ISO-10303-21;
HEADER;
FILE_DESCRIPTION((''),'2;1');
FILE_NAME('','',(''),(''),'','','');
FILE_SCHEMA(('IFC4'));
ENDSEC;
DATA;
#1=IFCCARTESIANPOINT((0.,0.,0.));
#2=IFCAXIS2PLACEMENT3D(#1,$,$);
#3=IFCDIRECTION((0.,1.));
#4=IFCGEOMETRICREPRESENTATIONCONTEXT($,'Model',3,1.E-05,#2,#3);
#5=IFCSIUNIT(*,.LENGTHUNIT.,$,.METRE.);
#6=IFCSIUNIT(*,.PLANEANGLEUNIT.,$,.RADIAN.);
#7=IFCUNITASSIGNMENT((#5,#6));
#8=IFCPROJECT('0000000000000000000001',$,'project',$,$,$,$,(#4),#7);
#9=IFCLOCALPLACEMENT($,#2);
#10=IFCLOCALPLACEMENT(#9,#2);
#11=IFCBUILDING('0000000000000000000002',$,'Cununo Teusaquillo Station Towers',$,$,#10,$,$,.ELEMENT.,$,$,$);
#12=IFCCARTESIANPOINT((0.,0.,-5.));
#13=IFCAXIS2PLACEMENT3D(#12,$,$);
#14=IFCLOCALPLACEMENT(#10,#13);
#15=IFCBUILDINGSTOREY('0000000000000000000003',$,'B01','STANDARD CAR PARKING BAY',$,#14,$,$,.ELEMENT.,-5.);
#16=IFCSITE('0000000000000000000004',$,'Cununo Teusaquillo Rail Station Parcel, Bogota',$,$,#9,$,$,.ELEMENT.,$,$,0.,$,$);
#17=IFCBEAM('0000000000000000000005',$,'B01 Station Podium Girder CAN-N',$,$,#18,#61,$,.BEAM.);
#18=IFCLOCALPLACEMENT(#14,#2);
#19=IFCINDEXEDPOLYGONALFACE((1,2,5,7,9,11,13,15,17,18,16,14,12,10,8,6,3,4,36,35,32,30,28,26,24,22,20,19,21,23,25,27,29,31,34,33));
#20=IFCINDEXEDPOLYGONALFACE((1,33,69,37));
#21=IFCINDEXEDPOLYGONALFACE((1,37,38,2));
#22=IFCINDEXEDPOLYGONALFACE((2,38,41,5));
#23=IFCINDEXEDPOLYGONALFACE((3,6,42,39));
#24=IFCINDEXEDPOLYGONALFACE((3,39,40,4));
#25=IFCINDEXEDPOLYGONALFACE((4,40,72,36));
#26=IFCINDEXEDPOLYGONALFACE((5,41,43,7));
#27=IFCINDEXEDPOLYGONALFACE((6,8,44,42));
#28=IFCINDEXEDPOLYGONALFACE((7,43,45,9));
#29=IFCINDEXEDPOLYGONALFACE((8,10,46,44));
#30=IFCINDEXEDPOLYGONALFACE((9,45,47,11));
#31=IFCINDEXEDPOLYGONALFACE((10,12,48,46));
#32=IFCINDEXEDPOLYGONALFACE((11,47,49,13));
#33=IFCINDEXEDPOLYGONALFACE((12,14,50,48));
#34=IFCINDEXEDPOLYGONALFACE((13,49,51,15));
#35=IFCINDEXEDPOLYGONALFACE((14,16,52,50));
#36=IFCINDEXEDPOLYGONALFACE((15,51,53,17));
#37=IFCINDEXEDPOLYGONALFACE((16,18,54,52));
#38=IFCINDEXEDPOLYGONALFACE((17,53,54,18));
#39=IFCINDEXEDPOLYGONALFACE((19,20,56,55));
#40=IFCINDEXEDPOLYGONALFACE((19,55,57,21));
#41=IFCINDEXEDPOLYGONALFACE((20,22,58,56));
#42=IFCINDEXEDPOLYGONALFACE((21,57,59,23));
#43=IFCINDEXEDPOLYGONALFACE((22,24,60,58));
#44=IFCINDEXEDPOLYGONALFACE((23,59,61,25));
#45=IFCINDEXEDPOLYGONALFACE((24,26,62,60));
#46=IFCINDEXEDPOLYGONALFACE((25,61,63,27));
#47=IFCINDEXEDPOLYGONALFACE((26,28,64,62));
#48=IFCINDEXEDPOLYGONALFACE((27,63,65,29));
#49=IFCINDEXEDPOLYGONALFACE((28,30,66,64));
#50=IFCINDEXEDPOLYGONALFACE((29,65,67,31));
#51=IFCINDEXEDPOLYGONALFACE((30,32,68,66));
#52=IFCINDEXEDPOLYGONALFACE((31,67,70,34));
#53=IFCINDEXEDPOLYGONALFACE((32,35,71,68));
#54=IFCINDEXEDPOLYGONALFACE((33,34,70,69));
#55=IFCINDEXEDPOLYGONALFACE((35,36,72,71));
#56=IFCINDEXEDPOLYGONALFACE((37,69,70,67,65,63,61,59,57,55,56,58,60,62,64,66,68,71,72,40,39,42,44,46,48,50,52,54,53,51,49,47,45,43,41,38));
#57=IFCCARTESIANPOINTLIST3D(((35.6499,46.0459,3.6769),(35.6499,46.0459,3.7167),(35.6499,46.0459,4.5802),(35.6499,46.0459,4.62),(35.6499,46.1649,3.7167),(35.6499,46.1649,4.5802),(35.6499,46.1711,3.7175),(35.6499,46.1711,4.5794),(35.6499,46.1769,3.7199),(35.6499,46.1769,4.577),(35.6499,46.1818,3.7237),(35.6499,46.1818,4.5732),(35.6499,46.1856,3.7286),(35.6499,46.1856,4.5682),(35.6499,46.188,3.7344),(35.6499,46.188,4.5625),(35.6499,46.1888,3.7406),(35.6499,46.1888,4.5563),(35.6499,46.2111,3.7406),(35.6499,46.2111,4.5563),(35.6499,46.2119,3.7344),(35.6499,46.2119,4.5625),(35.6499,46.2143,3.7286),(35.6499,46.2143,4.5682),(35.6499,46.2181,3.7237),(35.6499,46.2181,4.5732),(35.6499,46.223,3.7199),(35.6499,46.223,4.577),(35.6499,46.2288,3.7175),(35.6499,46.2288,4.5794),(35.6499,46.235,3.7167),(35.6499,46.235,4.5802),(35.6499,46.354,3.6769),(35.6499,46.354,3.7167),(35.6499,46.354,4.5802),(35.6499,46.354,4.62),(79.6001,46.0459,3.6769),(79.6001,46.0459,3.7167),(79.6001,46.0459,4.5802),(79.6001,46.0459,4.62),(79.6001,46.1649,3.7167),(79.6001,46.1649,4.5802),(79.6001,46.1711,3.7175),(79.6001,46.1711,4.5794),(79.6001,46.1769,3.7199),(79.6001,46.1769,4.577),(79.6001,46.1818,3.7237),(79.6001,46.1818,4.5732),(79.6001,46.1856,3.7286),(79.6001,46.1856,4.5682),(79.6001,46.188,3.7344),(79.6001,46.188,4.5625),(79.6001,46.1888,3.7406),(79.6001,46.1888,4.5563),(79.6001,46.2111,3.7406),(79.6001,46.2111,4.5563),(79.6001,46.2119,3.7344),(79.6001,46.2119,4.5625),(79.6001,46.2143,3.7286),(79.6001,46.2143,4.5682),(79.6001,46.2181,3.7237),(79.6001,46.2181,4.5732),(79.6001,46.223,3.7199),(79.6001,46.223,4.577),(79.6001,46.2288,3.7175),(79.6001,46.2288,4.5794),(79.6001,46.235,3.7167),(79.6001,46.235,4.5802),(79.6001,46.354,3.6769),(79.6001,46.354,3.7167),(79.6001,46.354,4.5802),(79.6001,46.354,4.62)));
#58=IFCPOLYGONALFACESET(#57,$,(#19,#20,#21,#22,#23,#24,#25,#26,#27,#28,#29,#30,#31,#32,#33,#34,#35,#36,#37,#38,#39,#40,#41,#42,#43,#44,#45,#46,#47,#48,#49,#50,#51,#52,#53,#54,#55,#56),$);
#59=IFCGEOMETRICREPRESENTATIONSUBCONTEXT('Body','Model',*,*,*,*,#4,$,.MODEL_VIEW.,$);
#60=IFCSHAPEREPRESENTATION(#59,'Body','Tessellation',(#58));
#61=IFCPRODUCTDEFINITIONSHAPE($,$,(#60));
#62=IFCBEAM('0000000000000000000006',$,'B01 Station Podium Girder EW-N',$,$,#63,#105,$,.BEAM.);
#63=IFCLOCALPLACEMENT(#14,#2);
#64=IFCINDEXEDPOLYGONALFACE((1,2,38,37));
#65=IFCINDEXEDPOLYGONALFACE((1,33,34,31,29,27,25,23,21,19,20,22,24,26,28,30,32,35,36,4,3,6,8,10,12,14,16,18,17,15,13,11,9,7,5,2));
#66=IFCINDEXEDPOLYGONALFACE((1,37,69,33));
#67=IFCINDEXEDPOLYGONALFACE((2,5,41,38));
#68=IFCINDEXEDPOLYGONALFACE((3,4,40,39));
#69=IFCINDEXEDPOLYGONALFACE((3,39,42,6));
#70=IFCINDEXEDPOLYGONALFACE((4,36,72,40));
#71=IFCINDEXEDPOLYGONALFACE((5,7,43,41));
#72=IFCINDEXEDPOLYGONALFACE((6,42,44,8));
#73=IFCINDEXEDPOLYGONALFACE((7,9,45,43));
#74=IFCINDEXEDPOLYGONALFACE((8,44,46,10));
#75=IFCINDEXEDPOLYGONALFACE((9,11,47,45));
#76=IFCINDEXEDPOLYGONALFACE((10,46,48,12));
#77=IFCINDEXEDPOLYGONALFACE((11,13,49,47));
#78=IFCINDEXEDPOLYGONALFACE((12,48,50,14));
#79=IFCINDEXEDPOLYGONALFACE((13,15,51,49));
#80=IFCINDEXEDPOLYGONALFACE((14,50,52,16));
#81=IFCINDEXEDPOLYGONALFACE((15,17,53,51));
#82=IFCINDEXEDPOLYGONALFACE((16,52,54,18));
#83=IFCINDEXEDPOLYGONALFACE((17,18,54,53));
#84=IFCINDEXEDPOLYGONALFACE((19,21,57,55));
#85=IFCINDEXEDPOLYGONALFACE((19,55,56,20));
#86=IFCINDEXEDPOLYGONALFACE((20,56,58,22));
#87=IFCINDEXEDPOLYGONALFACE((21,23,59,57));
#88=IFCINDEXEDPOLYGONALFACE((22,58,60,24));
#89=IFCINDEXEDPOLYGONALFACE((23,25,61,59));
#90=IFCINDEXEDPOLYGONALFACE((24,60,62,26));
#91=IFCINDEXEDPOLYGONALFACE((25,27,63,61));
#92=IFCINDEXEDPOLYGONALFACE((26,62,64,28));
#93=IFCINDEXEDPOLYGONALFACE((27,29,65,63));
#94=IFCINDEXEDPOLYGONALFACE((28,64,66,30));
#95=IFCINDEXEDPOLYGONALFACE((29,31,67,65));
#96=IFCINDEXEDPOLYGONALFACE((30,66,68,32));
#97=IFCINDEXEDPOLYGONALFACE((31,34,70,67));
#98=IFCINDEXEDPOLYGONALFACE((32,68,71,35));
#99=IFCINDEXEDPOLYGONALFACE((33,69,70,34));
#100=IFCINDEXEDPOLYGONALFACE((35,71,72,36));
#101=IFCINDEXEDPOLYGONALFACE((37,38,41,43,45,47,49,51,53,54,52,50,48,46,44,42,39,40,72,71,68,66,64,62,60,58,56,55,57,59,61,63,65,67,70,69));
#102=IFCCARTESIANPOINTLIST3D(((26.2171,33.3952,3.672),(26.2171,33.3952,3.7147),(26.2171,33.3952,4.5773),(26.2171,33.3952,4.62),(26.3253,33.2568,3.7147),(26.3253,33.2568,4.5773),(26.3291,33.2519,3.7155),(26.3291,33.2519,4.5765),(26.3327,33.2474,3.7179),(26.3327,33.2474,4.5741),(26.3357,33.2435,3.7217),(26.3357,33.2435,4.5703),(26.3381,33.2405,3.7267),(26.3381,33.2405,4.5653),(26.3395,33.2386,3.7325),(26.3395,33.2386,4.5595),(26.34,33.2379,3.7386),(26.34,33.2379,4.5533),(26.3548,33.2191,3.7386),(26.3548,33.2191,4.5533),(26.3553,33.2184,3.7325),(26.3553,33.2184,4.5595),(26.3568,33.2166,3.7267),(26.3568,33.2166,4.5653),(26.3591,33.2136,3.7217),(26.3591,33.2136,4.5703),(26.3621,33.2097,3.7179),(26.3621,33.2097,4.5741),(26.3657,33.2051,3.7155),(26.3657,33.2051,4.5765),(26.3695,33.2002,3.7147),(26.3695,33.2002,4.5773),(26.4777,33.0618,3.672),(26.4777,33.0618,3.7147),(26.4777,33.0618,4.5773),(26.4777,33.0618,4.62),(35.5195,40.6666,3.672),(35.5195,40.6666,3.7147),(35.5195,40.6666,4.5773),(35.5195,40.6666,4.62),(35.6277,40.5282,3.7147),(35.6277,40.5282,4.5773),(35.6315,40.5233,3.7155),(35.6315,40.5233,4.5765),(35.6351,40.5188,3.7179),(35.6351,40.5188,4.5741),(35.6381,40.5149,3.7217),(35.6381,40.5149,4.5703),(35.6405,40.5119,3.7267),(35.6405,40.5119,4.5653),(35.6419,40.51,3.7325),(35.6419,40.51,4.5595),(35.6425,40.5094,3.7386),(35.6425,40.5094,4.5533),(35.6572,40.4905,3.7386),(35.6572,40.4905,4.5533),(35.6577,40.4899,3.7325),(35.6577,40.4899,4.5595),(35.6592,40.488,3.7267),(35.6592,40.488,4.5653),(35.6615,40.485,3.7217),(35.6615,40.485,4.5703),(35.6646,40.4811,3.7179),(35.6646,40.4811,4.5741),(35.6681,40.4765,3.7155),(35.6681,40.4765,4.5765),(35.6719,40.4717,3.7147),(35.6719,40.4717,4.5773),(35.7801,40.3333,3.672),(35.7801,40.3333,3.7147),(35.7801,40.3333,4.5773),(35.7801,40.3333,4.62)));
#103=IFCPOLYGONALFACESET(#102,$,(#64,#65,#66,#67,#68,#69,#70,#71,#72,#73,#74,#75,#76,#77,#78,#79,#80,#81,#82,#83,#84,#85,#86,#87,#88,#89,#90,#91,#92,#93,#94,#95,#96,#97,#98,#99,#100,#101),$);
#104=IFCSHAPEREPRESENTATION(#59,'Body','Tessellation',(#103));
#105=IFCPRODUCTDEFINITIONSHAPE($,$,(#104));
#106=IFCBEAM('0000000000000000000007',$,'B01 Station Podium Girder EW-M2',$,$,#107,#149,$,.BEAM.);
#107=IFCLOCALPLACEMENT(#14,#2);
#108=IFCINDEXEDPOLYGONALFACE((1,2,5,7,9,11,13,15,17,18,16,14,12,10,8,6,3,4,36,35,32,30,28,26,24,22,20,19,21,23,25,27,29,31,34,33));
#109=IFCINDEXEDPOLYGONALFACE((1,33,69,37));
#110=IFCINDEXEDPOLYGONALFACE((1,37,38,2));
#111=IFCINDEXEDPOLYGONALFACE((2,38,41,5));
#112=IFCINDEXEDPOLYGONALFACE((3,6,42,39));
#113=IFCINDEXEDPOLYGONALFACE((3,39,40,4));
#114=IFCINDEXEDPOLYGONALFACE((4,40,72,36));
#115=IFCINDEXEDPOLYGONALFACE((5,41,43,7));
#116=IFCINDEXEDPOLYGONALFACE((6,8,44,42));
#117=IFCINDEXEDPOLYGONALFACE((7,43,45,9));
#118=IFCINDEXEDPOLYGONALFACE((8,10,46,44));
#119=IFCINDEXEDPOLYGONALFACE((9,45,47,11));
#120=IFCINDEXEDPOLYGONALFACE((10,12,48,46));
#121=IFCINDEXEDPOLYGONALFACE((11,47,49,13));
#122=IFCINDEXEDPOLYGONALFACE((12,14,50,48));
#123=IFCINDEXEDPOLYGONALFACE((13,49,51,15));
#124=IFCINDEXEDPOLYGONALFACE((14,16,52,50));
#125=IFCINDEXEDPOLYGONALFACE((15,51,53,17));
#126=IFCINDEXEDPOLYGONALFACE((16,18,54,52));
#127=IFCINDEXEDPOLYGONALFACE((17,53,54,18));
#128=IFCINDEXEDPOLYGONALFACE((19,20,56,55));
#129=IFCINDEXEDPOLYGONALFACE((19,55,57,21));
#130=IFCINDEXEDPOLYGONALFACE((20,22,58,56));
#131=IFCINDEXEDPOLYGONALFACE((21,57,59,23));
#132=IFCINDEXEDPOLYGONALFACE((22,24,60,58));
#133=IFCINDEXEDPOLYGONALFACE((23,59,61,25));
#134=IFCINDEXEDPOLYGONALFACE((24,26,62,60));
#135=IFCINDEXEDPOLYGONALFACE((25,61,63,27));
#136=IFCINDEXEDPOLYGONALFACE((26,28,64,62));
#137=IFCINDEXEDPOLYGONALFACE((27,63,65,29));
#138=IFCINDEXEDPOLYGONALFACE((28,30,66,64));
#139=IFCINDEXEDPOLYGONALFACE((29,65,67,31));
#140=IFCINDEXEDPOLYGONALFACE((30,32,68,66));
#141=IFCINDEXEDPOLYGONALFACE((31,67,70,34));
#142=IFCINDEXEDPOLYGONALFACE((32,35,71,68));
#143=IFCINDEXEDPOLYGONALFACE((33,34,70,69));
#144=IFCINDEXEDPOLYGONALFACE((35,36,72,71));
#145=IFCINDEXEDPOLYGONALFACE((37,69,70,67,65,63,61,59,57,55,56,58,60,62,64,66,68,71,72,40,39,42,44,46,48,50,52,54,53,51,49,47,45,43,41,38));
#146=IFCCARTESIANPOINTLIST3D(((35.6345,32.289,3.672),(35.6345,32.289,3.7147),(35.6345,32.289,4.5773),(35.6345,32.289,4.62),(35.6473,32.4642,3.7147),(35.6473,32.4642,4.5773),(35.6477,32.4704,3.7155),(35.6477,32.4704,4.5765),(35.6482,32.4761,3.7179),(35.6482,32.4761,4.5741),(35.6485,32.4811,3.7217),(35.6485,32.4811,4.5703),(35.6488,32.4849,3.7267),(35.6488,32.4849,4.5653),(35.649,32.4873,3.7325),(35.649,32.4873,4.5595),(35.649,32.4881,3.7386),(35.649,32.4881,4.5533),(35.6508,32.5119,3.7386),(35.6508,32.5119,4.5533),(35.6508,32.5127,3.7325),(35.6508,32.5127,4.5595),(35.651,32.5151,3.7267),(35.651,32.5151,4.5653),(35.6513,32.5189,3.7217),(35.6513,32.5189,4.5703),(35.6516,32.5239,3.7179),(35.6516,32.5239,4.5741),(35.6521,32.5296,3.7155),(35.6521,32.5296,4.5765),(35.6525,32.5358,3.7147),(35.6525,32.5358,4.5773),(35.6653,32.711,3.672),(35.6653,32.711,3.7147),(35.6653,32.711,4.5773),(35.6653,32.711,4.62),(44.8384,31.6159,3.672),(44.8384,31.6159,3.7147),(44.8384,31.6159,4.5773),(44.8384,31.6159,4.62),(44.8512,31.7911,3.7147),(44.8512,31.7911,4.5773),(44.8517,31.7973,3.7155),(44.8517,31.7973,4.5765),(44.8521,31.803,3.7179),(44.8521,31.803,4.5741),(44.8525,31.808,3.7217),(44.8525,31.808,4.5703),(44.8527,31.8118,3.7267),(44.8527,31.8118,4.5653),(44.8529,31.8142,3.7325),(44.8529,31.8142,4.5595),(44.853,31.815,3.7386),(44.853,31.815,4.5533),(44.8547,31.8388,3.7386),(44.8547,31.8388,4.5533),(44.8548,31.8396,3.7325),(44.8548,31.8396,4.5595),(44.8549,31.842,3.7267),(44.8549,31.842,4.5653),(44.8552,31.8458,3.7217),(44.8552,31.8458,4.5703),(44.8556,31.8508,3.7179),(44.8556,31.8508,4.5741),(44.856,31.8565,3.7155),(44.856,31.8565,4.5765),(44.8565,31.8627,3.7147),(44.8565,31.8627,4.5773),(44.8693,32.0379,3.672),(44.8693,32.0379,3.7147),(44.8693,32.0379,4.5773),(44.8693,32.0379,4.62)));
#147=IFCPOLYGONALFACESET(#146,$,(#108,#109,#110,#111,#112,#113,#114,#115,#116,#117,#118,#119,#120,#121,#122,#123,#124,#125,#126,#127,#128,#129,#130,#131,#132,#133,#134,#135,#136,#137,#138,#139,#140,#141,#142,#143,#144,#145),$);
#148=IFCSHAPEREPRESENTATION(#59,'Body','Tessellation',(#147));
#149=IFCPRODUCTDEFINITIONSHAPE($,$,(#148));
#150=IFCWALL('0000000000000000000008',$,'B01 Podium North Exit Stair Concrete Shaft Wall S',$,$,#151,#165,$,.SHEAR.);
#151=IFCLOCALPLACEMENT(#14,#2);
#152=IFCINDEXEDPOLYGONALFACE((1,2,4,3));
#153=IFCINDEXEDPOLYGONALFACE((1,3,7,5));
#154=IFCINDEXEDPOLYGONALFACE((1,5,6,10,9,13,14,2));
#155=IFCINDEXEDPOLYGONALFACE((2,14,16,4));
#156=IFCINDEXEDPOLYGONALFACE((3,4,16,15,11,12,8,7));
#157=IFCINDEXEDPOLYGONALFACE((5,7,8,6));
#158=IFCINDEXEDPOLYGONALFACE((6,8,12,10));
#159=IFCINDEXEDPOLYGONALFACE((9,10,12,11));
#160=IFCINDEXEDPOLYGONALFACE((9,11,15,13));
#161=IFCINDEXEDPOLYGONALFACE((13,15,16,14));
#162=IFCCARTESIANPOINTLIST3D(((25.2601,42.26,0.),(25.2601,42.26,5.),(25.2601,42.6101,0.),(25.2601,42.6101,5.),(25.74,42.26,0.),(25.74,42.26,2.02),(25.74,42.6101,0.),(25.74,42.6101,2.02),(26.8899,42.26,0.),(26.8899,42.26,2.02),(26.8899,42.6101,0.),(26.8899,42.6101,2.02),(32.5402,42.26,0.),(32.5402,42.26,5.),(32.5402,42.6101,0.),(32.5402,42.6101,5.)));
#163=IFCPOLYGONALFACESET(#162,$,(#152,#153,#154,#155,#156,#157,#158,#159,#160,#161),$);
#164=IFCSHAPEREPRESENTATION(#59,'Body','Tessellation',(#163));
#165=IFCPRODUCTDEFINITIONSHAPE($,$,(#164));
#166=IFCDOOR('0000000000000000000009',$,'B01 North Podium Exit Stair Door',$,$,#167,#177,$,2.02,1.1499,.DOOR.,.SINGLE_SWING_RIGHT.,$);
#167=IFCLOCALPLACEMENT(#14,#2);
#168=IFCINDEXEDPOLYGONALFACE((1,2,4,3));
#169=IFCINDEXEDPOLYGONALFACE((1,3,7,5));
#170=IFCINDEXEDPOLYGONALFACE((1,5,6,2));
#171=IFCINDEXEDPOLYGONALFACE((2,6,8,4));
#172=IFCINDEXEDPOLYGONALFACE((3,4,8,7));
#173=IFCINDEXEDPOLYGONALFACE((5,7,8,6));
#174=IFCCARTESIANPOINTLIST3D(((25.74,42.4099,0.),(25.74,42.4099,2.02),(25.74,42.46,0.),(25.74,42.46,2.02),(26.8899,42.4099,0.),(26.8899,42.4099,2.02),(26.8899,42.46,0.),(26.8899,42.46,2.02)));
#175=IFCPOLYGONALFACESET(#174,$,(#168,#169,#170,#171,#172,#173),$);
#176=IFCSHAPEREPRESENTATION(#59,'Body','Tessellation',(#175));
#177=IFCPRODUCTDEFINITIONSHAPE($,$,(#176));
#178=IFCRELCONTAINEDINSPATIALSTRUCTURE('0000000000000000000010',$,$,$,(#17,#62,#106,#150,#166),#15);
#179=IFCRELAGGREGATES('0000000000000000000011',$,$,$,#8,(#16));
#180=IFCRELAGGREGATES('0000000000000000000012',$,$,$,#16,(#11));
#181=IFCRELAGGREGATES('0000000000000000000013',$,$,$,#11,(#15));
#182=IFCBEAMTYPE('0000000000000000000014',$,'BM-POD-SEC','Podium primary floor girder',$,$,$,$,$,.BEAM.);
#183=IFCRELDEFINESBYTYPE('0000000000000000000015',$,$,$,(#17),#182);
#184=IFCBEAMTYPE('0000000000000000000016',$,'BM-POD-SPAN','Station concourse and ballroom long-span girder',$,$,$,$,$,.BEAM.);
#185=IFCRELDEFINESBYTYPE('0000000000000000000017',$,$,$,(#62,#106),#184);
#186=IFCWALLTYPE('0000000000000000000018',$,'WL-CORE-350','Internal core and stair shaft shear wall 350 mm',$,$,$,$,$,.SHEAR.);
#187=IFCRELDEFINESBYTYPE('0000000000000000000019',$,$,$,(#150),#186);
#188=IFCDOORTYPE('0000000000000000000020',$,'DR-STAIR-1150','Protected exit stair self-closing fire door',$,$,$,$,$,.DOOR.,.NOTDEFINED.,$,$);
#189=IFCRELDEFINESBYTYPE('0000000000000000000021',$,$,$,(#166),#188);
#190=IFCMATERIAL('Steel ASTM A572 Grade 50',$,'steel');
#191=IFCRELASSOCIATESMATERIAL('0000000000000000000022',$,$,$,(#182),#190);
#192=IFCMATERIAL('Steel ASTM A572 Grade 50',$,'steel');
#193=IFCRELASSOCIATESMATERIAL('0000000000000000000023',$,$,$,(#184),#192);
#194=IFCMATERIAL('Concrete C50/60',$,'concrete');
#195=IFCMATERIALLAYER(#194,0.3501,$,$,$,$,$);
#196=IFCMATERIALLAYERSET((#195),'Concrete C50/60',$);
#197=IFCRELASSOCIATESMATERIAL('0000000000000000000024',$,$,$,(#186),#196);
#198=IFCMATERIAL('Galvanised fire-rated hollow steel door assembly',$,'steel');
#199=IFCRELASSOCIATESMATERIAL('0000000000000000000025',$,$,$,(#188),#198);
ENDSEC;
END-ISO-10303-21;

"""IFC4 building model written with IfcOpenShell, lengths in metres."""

from ifc_helpers import new_model, si_unit, direction, frame, frame_2d, origin, origin_2d, place, context, subcontext, project, spatial, rectangle, i_section, extrude, source, transform, mapped, material, layer, layer_set, material_profile, profile_set, type_object, element, fill, save


model = new_model("IFC4")

# Units and contexts
model_context = context("Model", 3, precision=1e-05, world=origin(), true_north=direction((0.0, 1.0)))
body_context = subcontext(model_context, "Body", "Model", "MODEL_VIEW")
ifc_project = project(units=[si_unit("LENGTHUNIT", "METRE"), si_unit("PLANEANGLEUNIT", "RADIAN")], contexts=[model_context])

# Site, building, storey
site_placement = place(None, origin())
site = spatial("IfcSite", under=ifc_project, at=site_placement, Name="Cununo Teusaquillo Rail Station Parcel, Bogota", CompositionType="ELEMENT", RefElevation=0.0)
building_placement = place(site_placement, origin())
building = spatial("IfcBuilding", under=site, at=building_placement, Name="Cununo Teusaquillo Station Towers", CompositionType="ELEMENT")
storey_placement = place(building_placement, frame((0.0, 0.0, -5.0)))
storey = spatial("IfcBuildingStorey", under=building, at=storey_placement, Name="B01", Description="STANDARD CAR PARKING BAY", CompositionType="ELEMENT", Elevation=-5.0)

# Beams
ifc_material_1 = material(Name="Steel ASTM A572 Grade 50", Category="steel")
ifc_material_profile_1 = material_profile(ifc_material_1, i_section(OverallWidth=0.3081, OverallDepth=0.9431, WebThickness=0.0222, FlangeThickness=0.0398, FilletRadius=0.0239, at=origin_2d()), Name="W36X232")
ifc_profile_set_1 = profile_set([ifc_material_profile_1], Name="Steel ASTM A572 Grade 50")
beam_type_1 = type_object("IfcBeamType", Name="BM-POD-SEC", Description="Podium primary floor girder", PredefinedType="BEAM", material=ifc_profile_set_1)
beam_1_placement = place(storey_placement, frame((35.6499, 46.2, 4.1484), z_axis=(1.0, 0.0, 0.0), x_axis=(0.0, 1.0, 0.0)))
element("IfcBeam", 1, at=beam_1_placement, inside=storey, type_object=beam_type_1, Name="B01 Station Podium Girder CAN-N", PredefinedType="BEAM", context=body_context, shape_type="SweptSolid", body=[
    extrude(i_section(OverallWidth=0.3081, OverallDepth=0.9431, WebThickness=0.0222, FlangeThickness=0.0398, FilletRadius=0.0239, at=origin_2d()), origin(), (0.0, 0.0, 1.0), 43.9502),
])
ifc_material_2 = material(Name="Steel ASTM A572 Grade 50", Category="steel")
ifc_material_profile_2 = material_profile(ifc_material_2, i_section(OverallWidth=0.4231, OverallDepth=0.948, WebThickness=0.0239, FlangeThickness=0.0427, FilletRadius=0.0239, at=origin_2d()), Name="W36X302")
ifc_profile_set_2 = profile_set([ifc_material_profile_2], Name="Steel ASTM A572 Grade 50")
beam_type_2 = type_object("IfcBeamType", Name="BM-POD-SPAN", Description="Station concourse and ballroom long-span girder", PredefinedType="BEAM", material=ifc_profile_set_2)
beam_2_placement = place(storey_placement, frame((26.3474, 33.2285, 4.146), z_axis=(0.787864, 0.61585, 0.0), x_axis=(-0.61585, 0.787864, 0.0)))
element("IfcBeam", 2, at=beam_2_placement, inside=storey, type_object=beam_type_2, Name="B01 Station Podium Girder EW-N", PredefinedType="BEAM", context=body_context, shape_type="SweptSolid", body=[
    extrude(i_section(OverallWidth=0.4231, OverallDepth=0.948, WebThickness=0.0239, FlangeThickness=0.0427, FilletRadius=0.0239, at=origin_2d()), origin(), (0.0, 0.0, 1.0), 11.8071),
])
beam_3_placement = place(storey_placement, frame((35.6499, 32.5, 4.146), z_axis=(0.997337, -0.072937, 0.0), x_axis=(0.072937, 0.997337, 0.0)))
element("IfcBeam", 3, at=beam_3_placement, inside=storey, type_object=beam_type_2, Name="B01 Station Podium Girder EW-M2", PredefinedType="BEAM", context=body_context, shape_type="SweptSolid", body=[
    extrude(i_section(OverallWidth=0.4231, OverallDepth=0.948, WebThickness=0.0239, FlangeThickness=0.0427, FilletRadius=0.0239, at=origin_2d()), origin(), (0.0, 0.0, 1.0), 9.2285),
])

# Wall, opening, door
ifc_material_3 = material(Name="Concrete C50/60", Category="concrete")
ifc_layer_1 = layer(ifc_material_3, 0.3501)
ifc_layer_set_1 = layer_set([ifc_layer_1], Name="Concrete C50/60")
wall_type_1 = type_object("IfcWallType", Name="WL-CORE-350", Description="Internal core and stair shaft shear wall 350 mm", PredefinedType="SHEAR", material=ifc_layer_set_1)
wall_1_placement = place(storey_placement, frame((25.26, 42.4351, 0.0), z_axis=(0.0, 0.0, 1.0), x_axis=(1.0, 0.0, 0.0)))
wall_1 = element("IfcWall", 4, at=wall_1_placement, inside=storey, type_object=wall_type_1, Name="B01 Podium North Exit Stair Concrete Shaft Wall S", PredefinedType="SHEAR", context=body_context, shape_type="SweptSolid", body=[
    extrude(rectangle(XDim=7.28, YDim=0.3501, at=frame_2d((3.6401, 0.0))), origin(), (0.0, 0.0, 1.0), 5.0),
])
shared_shape_1 = source(origin(), body_context, "Body", "SweptSolid", [
    extrude(rectangle(XDim=1.1499, YDim=2.02, at=frame_2d((0.575, 1.01))), frame((0.0, 0.1851, 0.0), z_axis=(0.0, -1.0, 0.0), x_axis=(1.0, 0.0, 0.0)), (0.0, 0.0, 1.0), 0.3701),
])
opening_1_placement = place(wall_1_placement, frame((0.48, 0.0, 0.0)))
opening_1 = element("IfcOpeningElement", 5, at=opening_1_placement, cuts=wall_1, PredefinedType="OPENING", context=body_context, shape_type="MappedRepresentation", body=[
    mapped(shared_shape_1, transform((0.0, 0.0, 0.0), x_axis=(1.0, 0.0, 0.0), y_axis=(0.0, 1.0, 0.0), z_axis=(0.0, 0.0, 1.0), scale=1.0)),
])
ifc_material_4 = material(Name="Galvanised fire-rated hollow steel door assembly", Category="steel")
door_type_1 = type_object("IfcDoorType", Name="DR-STAIR-1150", Description="Protected exit stair self-closing fire door", OperationType="NOTDEFINED", PredefinedType="DOOR", material=ifc_material_4)
shared_shape_2 = source(origin(), body_context, "Body", "SweptSolid", [
    extrude(rectangle(XDim=1.1499, YDim=2.02, at=frame_2d((0.575, 1.01))), frame((0.0, 0.0249, 0.0), z_axis=(0.0, -1.0, 0.0), x_axis=(1.0, 0.0, 0.0)), (0.0, 0.0, 1.0), 0.05),
])
door_1_placement = place(opening_1_placement, origin())
door_1 = element("IfcDoor", 6, at=door_1_placement, inside=storey, type_object=door_type_1, Name="B01 North Podium Exit Stair Door", OperationType="SINGLE_SWING_RIGHT", OverallHeight=2.02, OverallWidth=1.1499, PredefinedType="DOOR", context=body_context, shape_type="MappedRepresentation", body=[
    mapped(shared_shape_2, transform((0.0, 0.0, 0.0), x_axis=(1.0, 0.0, 0.0), y_axis=(0.0, 1.0, 0.0), z_axis=(0.0, 0.0, 1.0), scale=1.0)),
])
fill(opening_1, door_1)

save(model, "model.ifc")
